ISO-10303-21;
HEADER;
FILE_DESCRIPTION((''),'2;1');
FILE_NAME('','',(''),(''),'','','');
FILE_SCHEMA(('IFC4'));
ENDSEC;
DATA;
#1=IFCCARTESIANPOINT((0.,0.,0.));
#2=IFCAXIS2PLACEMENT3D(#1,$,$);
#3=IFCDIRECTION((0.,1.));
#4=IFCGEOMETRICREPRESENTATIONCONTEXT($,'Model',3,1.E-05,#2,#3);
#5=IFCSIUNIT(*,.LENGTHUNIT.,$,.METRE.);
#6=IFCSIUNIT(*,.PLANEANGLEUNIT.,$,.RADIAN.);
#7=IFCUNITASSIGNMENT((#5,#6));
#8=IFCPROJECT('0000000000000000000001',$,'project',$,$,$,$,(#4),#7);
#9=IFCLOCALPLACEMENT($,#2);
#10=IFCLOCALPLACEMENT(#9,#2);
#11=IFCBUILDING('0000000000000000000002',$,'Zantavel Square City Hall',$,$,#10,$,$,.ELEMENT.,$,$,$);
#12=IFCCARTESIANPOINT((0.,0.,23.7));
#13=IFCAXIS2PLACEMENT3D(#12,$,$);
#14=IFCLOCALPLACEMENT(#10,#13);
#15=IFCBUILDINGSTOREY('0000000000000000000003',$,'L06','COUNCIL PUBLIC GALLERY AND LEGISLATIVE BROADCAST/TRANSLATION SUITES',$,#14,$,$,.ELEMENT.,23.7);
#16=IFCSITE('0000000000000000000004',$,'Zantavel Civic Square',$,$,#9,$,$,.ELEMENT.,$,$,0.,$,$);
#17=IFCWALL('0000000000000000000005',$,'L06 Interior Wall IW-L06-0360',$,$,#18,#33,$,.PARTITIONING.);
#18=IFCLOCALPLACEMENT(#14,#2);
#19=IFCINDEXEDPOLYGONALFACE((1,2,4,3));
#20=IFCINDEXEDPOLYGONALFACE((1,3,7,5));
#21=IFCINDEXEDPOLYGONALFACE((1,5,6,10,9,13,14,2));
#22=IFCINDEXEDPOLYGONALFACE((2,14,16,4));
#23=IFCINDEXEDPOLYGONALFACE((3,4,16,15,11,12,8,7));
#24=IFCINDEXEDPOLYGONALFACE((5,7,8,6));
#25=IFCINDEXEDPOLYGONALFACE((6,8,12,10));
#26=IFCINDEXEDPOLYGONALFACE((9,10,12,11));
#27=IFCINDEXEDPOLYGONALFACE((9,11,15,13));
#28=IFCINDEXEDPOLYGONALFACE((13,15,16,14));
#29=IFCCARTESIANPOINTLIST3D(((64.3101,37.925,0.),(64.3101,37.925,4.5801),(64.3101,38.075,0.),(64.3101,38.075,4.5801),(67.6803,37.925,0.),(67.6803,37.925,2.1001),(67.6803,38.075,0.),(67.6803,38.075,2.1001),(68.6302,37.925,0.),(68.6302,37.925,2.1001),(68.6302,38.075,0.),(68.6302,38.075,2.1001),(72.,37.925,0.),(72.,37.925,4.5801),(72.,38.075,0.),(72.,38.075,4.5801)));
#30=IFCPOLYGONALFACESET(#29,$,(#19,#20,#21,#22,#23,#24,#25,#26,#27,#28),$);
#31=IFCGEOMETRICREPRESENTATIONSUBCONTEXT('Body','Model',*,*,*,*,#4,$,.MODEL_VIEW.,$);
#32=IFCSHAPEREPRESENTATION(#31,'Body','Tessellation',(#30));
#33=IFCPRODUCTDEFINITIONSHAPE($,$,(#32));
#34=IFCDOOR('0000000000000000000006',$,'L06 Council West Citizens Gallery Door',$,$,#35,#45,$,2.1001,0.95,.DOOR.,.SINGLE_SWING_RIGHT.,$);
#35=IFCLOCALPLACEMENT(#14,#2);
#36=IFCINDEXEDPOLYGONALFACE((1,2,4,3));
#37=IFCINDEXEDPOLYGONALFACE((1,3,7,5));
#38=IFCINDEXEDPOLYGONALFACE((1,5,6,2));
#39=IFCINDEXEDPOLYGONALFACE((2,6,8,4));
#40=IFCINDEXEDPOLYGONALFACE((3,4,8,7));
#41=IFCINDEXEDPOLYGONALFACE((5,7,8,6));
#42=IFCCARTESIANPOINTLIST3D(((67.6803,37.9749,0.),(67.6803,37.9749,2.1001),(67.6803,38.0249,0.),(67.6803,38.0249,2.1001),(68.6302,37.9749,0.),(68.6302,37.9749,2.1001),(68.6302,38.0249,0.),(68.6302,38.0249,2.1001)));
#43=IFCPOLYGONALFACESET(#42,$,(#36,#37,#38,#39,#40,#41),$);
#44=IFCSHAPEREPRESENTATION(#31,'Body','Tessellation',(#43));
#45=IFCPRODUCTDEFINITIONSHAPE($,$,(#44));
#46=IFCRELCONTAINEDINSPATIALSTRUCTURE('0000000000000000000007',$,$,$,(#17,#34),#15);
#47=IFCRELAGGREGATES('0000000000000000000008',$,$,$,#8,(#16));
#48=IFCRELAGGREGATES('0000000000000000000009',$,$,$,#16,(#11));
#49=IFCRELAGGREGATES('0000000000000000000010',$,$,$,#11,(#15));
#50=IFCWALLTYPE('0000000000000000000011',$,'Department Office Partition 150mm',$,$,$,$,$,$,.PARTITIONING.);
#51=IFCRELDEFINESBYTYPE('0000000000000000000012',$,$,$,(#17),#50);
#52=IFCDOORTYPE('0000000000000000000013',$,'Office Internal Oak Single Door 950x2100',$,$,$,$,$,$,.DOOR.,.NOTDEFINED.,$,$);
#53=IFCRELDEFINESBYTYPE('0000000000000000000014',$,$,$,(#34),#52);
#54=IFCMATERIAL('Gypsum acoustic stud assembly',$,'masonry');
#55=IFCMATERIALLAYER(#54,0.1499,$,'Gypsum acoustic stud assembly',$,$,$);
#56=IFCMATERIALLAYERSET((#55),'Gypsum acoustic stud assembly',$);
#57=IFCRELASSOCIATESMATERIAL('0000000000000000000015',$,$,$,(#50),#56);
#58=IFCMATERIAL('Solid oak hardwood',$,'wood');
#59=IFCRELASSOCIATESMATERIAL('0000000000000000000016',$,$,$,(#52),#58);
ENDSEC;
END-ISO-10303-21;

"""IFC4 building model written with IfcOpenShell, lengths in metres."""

from ifc_helpers import new_model, si_unit, direction, frame, frame_2d, origin, place, context, subcontext, project, spatial, rectangle, extrude, material, layer, layer_set, type_object, element, fill, save


model = new_model("IFC4")

# Units and contexts
model_context = context("Model", 3, precision=1e-05, world=origin(), true_north=direction((0.0, 1.0)))
body_context = subcontext(model_context, "Body", "Model", "MODEL_VIEW")
ifc_project = project(units=[si_unit("LENGTHUNIT", "METRE"), si_unit("PLANEANGLEUNIT", "RADIAN")], contexts=[model_context])

# Site, building, storey
site_placement = place(None, origin())
site = spatial("IfcSite", under=ifc_project, at=site_placement, Name="Zantavel Civic Square", CompositionType="ELEMENT", RefElevation=0.0)
building_placement = place(site_placement, origin())
building = spatial("IfcBuilding", under=site, at=building_placement, Name="Zantavel Square City Hall", CompositionType="ELEMENT")
storey_placement = place(building_placement, frame((0.0, 0.0, 23.7)))
storey = spatial("IfcBuildingStorey", under=building, at=storey_placement, Name="L06", Description="COUNCIL PUBLIC GALLERY AND LEGISLATIVE BROADCAST/TRANSLATION SUITES", CompositionType="ELEMENT", Elevation=23.7)

# Wall, opening, door
ifc_material_1 = material(Name="Gypsum acoustic stud assembly", Category="masonry")
ifc_layer_1 = layer(ifc_material_1, 0.1499, Name="Gypsum acoustic stud assembly")
ifc_layer_set_1 = layer_set([ifc_layer_1], Name="Gypsum acoustic stud assembly")
wall_type = type_object("IfcWallType", Name="Department Office Partition 150mm", PredefinedType="PARTITIONING", material=ifc_layer_set_1)
wall_placement = place(storey_placement, frame((64.3101, 38.0, 0.0), z_axis=(0.0, 0.0, 1.0), x_axis=(1.0, 0.0, 0.0)))
wall = element("IfcWall", 1, at=wall_placement, inside=storey, type_object=wall_type, Name="L06 Interior Wall IW-L06-0360", PredefinedType="PARTITIONING", context=body_context, shape_type="SweptSolid", body=[
    extrude(rectangle(XDim=7.6899, YDim=0.1499, at=frame_2d((3.845, 0.0))), origin(), (0.0, 0.0, 1.0), 4.5801),
])
opening_placement = place(wall_placement, frame((3.3701, 0.0, 0.0)))
opening = element("IfcOpeningElement", 2, at=opening_placement, cuts=wall, PredefinedType="OPENING", context=body_context, shape_type="SweptSolid", body=[
    extrude(rectangle(XDim=0.95, YDim=2.1001, at=frame_2d((0.4751, 1.05))), frame((0.0, 0.085, 0.0), z_axis=(0.0, -1.0, 0.0), x_axis=(1.0, 0.0, 0.0)), (0.0, 0.0, 1.0), 0.1699),
])
ifc_material_2 = material(Name="Solid oak hardwood", Category="wood")
door_type = type_object("IfcDoorType", Name="Office Internal Oak Single Door 950x2100", OperationType="NOTDEFINED", PredefinedType="DOOR", material=ifc_material_2)
door_placement = place(opening_placement, origin())
door = element("IfcDoor", 3, at=door_placement, inside=storey, type_object=door_type, Name="L06 Council West Citizens Gallery Door", OperationType="SINGLE_SWING_RIGHT", OverallHeight=2.1001, OverallWidth=0.95, PredefinedType="DOOR", context=body_context, shape_type="SweptSolid", body=[
    extrude(rectangle(XDim=0.95, YDim=2.1001, at=frame_2d((0.4751, 1.05))), frame((0.0, 0.0249, 0.0), z_axis=(0.0, -1.0, 0.0), x_axis=(1.0, 0.0, 0.0)), (0.0, 0.0, 1.0), 0.05),
])
fill(opening, door)

save(model, "model.ifc")
